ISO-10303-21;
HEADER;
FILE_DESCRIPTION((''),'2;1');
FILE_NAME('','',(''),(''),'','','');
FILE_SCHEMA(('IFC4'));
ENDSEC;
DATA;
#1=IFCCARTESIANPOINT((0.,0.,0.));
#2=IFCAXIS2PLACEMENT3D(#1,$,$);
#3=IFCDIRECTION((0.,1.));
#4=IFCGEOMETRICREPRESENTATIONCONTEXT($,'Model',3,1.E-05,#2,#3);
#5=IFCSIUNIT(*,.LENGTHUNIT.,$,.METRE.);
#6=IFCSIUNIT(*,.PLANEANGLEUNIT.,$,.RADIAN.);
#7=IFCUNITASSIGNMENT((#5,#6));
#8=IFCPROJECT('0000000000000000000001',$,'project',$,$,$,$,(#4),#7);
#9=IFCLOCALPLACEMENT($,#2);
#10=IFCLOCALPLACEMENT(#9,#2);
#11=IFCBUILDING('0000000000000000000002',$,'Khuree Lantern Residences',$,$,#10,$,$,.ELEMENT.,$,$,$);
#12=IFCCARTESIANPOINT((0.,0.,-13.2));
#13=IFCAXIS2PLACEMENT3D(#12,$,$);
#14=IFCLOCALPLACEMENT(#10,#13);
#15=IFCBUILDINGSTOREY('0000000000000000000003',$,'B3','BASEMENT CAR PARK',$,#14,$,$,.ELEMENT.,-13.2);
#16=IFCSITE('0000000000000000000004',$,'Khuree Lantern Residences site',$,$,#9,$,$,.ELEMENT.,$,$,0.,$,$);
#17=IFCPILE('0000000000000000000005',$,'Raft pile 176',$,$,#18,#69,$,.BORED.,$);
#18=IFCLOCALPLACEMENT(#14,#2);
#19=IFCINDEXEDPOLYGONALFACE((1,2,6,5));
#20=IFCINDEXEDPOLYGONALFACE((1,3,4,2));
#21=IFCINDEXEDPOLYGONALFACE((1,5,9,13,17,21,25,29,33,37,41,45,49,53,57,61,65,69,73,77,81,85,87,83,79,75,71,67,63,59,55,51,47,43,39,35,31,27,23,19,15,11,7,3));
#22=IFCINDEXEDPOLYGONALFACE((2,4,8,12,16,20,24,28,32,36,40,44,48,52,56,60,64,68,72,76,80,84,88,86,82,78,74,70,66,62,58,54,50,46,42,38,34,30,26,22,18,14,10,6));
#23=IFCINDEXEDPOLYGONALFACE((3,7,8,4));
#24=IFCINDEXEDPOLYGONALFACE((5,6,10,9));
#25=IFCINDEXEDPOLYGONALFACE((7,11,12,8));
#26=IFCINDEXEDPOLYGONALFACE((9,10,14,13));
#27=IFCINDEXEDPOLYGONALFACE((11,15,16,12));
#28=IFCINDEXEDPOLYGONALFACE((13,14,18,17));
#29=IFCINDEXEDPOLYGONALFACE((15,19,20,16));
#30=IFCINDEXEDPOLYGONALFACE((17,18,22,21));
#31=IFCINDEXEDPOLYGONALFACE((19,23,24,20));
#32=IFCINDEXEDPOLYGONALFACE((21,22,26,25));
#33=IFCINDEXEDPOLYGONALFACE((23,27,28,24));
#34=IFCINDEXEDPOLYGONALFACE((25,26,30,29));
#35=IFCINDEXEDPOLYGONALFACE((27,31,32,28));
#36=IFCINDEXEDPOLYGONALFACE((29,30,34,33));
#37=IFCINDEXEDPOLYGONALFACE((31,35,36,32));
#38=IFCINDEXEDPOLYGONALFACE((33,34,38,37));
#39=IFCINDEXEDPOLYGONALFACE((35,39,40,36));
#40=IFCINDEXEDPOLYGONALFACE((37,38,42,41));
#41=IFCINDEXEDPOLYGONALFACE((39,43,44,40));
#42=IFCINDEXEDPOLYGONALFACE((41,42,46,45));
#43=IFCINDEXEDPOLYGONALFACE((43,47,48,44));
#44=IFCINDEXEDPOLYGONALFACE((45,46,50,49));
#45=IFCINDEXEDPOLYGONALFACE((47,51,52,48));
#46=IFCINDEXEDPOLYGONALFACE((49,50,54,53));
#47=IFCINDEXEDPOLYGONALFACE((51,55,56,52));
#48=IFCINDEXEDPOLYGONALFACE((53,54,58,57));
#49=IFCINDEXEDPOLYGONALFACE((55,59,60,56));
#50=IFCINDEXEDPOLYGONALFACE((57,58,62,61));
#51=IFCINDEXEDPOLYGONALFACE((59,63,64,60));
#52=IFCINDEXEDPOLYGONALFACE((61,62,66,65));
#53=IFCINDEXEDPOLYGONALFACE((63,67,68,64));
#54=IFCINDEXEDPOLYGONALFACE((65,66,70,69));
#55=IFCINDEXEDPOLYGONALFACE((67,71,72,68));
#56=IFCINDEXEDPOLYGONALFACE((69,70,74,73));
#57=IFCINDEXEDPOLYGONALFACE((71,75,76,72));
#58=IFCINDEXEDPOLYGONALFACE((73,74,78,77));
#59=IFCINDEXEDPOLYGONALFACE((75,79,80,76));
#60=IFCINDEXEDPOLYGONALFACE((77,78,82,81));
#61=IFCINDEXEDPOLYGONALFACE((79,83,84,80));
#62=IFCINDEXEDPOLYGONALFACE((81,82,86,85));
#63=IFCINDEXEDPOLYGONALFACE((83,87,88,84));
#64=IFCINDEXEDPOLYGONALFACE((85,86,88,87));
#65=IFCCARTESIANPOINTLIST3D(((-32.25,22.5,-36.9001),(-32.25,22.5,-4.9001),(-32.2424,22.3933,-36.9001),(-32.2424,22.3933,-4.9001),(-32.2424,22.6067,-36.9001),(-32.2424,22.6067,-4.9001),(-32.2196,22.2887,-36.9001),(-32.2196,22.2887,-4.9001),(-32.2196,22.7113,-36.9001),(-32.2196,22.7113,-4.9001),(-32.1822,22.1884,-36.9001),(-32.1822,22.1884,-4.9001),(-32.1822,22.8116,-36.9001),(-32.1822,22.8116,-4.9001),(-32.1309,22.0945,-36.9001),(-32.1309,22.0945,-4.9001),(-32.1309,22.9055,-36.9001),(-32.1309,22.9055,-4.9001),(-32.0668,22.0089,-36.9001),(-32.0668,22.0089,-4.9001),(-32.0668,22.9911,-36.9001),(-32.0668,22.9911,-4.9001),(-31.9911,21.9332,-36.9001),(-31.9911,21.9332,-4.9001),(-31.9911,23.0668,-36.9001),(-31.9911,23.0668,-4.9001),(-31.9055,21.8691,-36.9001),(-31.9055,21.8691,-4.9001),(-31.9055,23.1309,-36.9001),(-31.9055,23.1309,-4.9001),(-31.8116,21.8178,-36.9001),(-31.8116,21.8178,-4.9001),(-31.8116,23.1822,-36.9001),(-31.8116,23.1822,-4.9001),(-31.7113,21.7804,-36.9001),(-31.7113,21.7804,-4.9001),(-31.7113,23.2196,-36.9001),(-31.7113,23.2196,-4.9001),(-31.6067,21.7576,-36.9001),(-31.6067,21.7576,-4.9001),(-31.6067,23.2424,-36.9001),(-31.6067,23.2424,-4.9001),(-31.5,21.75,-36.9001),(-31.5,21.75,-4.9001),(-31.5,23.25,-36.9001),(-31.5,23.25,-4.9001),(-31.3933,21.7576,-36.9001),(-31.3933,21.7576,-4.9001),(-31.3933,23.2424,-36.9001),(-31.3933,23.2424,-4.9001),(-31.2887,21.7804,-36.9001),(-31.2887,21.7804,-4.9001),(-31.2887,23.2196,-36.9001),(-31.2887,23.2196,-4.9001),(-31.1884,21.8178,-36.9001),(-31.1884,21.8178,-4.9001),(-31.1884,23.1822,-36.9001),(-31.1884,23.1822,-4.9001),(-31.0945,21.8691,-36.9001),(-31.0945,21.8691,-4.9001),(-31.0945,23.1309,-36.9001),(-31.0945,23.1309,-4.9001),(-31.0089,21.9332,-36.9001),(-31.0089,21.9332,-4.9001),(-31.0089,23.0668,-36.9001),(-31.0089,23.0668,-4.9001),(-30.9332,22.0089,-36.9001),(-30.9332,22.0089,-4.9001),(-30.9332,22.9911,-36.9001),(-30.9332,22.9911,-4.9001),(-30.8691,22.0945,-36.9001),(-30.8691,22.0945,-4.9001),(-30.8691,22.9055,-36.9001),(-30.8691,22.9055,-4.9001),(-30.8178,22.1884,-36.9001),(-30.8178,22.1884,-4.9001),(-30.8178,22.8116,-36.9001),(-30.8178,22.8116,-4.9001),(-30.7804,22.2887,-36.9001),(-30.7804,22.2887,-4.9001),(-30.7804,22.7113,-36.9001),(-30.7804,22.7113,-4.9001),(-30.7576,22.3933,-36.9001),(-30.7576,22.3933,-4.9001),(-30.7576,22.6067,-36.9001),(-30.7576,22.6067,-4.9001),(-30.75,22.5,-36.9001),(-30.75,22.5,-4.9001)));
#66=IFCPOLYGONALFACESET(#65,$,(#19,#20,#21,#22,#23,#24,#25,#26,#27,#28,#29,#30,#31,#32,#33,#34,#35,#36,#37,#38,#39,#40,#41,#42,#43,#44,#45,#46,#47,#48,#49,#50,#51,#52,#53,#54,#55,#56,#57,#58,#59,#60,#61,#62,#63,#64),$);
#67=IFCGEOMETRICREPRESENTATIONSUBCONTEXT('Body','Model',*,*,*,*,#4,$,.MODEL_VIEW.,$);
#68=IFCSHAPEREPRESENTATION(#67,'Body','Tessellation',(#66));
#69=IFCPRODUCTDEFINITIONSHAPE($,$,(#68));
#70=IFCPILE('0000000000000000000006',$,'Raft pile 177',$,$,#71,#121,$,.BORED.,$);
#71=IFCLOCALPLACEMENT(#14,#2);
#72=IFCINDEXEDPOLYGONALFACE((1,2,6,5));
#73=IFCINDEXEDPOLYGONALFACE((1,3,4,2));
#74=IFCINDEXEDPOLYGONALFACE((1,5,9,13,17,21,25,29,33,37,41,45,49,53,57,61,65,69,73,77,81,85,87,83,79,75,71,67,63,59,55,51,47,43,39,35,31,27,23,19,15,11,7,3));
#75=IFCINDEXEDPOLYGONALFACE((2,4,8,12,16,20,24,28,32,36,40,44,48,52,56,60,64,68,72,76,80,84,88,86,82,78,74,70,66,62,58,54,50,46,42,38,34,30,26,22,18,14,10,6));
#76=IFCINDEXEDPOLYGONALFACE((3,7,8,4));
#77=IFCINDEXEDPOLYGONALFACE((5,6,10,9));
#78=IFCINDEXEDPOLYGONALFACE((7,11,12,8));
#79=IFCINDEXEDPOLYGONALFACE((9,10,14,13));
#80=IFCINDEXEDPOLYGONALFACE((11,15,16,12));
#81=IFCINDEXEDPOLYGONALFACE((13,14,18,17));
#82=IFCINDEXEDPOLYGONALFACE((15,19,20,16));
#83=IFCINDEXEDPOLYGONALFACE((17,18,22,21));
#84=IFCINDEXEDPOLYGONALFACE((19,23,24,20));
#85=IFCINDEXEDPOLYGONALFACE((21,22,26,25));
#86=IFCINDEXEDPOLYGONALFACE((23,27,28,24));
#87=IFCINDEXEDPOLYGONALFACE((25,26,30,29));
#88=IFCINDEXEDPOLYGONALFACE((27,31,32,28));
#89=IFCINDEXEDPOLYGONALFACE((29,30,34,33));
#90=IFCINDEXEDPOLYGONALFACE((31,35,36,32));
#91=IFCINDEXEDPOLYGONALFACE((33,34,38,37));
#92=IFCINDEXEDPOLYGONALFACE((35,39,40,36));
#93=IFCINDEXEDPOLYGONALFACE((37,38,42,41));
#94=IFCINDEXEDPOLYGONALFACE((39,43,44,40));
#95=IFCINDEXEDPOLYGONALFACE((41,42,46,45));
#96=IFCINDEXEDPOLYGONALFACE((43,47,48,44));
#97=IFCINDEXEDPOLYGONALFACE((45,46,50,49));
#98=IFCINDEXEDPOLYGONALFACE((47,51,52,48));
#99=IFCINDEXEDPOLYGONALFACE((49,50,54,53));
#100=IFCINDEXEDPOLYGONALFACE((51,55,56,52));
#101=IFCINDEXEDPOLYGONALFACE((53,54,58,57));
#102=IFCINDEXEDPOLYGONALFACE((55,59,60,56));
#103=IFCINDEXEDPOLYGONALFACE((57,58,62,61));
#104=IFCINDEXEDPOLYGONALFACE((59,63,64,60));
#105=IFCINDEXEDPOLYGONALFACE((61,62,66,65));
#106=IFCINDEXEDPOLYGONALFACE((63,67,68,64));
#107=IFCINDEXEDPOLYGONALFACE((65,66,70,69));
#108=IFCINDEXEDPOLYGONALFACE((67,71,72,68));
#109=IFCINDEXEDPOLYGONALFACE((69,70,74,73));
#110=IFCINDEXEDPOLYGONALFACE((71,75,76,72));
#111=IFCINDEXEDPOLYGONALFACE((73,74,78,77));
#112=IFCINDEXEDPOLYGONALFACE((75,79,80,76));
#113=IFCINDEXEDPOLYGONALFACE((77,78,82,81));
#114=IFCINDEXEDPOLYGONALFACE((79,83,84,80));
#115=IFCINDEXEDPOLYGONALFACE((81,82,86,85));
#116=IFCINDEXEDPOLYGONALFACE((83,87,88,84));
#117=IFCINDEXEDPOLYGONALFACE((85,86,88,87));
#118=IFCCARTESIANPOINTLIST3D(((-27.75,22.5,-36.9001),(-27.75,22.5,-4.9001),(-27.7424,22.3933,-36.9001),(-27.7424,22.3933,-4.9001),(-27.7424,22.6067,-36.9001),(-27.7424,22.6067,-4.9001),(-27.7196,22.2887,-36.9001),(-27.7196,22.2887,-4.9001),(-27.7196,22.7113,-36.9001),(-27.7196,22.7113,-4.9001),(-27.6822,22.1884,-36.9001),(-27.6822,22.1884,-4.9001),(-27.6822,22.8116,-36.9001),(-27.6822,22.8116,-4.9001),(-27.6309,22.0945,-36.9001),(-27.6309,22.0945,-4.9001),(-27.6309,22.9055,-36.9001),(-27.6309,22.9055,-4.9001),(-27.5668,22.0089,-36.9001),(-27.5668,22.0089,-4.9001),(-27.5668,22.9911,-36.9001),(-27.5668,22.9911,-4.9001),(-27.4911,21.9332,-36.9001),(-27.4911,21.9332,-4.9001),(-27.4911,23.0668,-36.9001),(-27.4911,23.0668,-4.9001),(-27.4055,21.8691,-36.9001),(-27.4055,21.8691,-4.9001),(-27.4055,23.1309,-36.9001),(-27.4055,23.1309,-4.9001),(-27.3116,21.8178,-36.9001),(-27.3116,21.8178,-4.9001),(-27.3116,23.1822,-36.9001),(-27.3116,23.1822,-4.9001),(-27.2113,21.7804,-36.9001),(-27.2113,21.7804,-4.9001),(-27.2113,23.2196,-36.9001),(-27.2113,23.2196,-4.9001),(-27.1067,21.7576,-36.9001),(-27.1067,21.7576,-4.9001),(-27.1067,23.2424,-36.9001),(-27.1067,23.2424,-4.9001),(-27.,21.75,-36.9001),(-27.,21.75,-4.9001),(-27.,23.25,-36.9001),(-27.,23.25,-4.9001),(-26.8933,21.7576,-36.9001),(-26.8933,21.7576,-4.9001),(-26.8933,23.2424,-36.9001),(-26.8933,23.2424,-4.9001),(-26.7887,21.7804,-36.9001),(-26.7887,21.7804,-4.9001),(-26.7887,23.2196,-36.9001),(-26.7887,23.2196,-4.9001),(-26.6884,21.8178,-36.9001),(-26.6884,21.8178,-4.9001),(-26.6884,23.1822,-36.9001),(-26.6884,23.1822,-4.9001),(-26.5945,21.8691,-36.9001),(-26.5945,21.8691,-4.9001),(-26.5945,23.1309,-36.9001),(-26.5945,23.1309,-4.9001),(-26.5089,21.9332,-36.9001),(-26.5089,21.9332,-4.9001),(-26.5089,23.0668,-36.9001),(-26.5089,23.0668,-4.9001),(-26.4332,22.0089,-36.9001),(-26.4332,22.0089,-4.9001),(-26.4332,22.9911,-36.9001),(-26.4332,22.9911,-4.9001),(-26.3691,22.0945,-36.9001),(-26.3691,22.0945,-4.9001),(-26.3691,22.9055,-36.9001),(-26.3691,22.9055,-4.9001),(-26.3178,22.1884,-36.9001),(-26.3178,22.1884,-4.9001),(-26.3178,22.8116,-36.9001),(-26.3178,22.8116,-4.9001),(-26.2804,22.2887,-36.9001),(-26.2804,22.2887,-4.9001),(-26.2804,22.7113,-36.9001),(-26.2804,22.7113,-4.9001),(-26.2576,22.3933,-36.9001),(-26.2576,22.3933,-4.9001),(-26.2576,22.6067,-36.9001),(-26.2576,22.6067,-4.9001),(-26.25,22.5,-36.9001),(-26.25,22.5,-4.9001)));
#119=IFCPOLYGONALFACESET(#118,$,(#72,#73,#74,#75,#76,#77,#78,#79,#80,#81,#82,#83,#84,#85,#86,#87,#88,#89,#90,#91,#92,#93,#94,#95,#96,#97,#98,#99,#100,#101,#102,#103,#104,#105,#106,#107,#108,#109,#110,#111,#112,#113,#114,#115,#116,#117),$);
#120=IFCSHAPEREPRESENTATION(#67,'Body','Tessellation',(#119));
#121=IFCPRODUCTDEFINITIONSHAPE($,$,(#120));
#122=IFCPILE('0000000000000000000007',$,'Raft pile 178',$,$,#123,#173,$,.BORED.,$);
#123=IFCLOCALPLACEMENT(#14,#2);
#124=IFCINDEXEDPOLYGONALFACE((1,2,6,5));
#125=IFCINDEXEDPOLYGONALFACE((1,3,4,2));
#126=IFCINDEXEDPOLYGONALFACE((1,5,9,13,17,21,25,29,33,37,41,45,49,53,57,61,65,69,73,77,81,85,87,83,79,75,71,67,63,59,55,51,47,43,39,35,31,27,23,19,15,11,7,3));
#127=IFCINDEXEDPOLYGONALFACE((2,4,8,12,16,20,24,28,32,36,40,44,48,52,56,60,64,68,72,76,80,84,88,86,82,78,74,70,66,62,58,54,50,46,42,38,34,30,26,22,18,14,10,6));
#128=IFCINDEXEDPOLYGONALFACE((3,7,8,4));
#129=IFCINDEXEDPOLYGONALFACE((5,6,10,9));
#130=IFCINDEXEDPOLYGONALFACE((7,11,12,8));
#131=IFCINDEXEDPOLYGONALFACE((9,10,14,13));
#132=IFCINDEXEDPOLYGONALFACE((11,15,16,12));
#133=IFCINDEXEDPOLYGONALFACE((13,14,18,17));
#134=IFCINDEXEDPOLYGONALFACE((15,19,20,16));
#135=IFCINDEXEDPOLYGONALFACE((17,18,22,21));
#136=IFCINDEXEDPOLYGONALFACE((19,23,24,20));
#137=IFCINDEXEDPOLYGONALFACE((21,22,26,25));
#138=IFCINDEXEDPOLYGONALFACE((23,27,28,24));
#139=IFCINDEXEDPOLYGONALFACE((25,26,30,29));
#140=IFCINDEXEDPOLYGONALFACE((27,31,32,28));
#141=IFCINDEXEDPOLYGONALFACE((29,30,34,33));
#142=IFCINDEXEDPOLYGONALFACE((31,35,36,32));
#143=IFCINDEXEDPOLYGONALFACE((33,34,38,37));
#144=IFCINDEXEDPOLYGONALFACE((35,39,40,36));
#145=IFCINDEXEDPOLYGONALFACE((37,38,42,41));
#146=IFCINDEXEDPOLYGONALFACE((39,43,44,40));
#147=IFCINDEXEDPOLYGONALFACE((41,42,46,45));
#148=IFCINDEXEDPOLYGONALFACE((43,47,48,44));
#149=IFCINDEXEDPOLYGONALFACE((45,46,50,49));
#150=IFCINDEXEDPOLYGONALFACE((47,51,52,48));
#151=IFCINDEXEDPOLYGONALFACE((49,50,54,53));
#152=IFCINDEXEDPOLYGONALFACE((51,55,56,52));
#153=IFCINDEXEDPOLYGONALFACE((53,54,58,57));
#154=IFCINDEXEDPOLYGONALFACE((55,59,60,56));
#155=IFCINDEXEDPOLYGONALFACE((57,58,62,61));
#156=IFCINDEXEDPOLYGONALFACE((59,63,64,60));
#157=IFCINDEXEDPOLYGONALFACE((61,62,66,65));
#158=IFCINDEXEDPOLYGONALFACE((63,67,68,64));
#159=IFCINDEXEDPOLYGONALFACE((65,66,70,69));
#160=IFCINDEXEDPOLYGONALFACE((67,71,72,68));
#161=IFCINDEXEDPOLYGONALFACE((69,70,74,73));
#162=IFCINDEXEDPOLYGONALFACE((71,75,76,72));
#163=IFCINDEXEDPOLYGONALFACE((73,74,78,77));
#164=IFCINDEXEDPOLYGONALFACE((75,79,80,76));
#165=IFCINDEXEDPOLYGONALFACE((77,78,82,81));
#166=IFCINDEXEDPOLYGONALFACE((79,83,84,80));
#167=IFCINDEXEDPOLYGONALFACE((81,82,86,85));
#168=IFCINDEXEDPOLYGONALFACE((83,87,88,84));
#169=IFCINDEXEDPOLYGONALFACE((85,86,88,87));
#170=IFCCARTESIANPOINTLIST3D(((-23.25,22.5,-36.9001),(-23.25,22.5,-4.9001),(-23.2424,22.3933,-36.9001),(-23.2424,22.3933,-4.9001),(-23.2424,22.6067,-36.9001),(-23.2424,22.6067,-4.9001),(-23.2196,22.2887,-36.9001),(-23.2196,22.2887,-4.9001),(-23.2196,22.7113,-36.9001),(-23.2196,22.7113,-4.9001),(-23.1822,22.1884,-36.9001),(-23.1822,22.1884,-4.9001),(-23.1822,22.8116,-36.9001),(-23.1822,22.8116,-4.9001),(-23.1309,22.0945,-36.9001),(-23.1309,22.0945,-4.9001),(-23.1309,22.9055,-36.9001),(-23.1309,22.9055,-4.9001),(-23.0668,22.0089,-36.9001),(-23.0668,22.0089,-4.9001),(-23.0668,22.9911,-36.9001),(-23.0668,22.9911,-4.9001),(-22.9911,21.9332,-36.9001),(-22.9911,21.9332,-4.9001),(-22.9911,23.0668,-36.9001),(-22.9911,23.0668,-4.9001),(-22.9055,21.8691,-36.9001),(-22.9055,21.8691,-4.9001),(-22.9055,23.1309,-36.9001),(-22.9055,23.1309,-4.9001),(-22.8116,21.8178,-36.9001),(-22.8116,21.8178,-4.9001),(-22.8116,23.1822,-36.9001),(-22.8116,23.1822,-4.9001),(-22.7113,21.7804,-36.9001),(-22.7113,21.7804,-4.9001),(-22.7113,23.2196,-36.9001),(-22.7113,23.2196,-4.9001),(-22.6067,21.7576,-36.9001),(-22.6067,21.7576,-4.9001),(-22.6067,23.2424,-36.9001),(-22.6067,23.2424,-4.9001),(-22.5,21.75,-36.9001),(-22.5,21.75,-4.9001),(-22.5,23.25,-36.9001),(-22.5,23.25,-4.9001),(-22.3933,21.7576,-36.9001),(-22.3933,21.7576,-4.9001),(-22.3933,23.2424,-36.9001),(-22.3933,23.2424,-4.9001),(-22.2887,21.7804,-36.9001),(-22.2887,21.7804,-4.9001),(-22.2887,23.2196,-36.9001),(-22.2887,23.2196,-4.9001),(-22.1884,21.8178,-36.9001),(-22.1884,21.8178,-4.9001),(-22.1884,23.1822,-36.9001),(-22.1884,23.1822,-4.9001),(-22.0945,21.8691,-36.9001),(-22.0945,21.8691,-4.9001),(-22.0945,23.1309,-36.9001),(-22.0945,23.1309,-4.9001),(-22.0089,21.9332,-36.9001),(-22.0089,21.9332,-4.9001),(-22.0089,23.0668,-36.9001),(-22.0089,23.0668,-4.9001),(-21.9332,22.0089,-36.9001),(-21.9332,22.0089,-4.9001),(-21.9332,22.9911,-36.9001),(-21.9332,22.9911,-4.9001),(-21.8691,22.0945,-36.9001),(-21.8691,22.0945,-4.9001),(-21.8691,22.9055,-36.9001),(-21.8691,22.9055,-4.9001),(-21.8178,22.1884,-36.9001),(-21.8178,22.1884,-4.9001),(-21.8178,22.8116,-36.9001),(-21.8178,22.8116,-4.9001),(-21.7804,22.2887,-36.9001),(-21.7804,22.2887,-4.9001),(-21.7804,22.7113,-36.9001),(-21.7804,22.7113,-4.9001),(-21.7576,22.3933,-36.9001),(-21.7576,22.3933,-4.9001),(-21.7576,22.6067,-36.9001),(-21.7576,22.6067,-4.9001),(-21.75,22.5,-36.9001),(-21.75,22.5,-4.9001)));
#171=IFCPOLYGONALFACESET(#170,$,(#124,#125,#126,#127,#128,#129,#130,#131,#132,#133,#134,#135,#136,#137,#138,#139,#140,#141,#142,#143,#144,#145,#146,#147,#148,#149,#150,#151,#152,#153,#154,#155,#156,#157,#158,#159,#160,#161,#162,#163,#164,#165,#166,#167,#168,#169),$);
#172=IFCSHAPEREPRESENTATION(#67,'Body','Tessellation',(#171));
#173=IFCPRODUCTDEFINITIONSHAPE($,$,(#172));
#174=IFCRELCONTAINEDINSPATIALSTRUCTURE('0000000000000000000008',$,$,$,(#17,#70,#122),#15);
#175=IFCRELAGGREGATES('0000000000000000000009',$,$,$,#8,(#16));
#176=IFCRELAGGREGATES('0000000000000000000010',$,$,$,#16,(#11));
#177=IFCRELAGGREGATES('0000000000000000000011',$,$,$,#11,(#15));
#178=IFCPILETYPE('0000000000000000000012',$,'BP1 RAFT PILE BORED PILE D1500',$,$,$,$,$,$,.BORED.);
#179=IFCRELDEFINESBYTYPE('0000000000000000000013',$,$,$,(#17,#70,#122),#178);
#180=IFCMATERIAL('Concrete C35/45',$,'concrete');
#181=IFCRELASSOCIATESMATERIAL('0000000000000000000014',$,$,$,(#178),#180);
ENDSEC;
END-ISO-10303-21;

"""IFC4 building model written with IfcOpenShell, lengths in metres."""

from ifc_helpers import new_model, si_unit, direction, frame, origin, origin_2d, place, context, subcontext, project, spatial, circle, extrude, material, material_profile, profile_set, type_object, element, save


model = new_model("IFC4")

# Units and contexts
model_context = context("Model", 3, precision=1e-05, world=origin(), true_north=direction((0.0, 1.0)))
body_context = subcontext(model_context, "Body", "Model", "MODEL_VIEW")
ifc_project = project(units=[si_unit("LENGTHUNIT", "METRE"), si_unit("PLANEANGLEUNIT", "RADIAN")], contexts=[model_context])

# Site, building, storey
site_placement = place(None, origin())
site = spatial("IfcSite", under=ifc_project, at=site_placement, Name="Khuree Lantern Residences site", CompositionType="ELEMENT", RefElevation=0.0)
building_placement = place(site_placement, origin())
building = spatial("IfcBuilding", under=site, at=building_placement, Name="Khuree Lantern Residences", CompositionType="ELEMENT")
storey_placement = place(building_placement, frame((0.0, 0.0, -13.2)))
storey = spatial("IfcBuildingStorey", under=building, at=storey_placement, Name="B3", Description="BASEMENT CAR PARK", CompositionType="ELEMENT", Elevation=-13.2)

# Piles
ifc_material_1 = material(Name="Concrete C35/45", Category="concrete")
ifc_material_profile_1 = material_profile(ifc_material_1, circle(Radius=0.75, at=origin_2d()), Name="BORED PILE D1500")
ifc_profile_set_1 = profile_set([ifc_material_profile_1], Name="Concrete C35/45")
pile_type_1 = type_object("IfcPileType", Name="BP1 RAFT PILE BORED PILE D1500", PredefinedType="BORED", material=ifc_profile_set_1)
for number, where, z_axis, x_axis, name in (
    (1, (-31.5, 22.5, -4.9001), (0.0, 0.0, -1.0), (1.0, 0.0, 0.0), "Raft pile 176"),
    (2, (-27.0, 22.5, -4.9001), (0.0, 0.0, -1.0), (1.0, 0.0, 0.0), "Raft pile 177"),
    (3, (-22.5, 22.5, -4.9001), (0.0, 0.0, -1.0), (1.0, 0.0, 0.0), "Raft pile 178"),
):
    element("IfcPile", number, at=place(storey_placement, frame(where, z_axis=z_axis, x_axis=x_axis)), inside=storey, type_object=pile_type_1, Name=name, PredefinedType="BORED", context=body_context, shape_type="SweptSolid", body=[
        extrude(circle(Radius=0.75, at=origin_2d()), origin(), (0.0, 0.0, 1.0), 32.0),
    ])

save(model, "model.ifc")
